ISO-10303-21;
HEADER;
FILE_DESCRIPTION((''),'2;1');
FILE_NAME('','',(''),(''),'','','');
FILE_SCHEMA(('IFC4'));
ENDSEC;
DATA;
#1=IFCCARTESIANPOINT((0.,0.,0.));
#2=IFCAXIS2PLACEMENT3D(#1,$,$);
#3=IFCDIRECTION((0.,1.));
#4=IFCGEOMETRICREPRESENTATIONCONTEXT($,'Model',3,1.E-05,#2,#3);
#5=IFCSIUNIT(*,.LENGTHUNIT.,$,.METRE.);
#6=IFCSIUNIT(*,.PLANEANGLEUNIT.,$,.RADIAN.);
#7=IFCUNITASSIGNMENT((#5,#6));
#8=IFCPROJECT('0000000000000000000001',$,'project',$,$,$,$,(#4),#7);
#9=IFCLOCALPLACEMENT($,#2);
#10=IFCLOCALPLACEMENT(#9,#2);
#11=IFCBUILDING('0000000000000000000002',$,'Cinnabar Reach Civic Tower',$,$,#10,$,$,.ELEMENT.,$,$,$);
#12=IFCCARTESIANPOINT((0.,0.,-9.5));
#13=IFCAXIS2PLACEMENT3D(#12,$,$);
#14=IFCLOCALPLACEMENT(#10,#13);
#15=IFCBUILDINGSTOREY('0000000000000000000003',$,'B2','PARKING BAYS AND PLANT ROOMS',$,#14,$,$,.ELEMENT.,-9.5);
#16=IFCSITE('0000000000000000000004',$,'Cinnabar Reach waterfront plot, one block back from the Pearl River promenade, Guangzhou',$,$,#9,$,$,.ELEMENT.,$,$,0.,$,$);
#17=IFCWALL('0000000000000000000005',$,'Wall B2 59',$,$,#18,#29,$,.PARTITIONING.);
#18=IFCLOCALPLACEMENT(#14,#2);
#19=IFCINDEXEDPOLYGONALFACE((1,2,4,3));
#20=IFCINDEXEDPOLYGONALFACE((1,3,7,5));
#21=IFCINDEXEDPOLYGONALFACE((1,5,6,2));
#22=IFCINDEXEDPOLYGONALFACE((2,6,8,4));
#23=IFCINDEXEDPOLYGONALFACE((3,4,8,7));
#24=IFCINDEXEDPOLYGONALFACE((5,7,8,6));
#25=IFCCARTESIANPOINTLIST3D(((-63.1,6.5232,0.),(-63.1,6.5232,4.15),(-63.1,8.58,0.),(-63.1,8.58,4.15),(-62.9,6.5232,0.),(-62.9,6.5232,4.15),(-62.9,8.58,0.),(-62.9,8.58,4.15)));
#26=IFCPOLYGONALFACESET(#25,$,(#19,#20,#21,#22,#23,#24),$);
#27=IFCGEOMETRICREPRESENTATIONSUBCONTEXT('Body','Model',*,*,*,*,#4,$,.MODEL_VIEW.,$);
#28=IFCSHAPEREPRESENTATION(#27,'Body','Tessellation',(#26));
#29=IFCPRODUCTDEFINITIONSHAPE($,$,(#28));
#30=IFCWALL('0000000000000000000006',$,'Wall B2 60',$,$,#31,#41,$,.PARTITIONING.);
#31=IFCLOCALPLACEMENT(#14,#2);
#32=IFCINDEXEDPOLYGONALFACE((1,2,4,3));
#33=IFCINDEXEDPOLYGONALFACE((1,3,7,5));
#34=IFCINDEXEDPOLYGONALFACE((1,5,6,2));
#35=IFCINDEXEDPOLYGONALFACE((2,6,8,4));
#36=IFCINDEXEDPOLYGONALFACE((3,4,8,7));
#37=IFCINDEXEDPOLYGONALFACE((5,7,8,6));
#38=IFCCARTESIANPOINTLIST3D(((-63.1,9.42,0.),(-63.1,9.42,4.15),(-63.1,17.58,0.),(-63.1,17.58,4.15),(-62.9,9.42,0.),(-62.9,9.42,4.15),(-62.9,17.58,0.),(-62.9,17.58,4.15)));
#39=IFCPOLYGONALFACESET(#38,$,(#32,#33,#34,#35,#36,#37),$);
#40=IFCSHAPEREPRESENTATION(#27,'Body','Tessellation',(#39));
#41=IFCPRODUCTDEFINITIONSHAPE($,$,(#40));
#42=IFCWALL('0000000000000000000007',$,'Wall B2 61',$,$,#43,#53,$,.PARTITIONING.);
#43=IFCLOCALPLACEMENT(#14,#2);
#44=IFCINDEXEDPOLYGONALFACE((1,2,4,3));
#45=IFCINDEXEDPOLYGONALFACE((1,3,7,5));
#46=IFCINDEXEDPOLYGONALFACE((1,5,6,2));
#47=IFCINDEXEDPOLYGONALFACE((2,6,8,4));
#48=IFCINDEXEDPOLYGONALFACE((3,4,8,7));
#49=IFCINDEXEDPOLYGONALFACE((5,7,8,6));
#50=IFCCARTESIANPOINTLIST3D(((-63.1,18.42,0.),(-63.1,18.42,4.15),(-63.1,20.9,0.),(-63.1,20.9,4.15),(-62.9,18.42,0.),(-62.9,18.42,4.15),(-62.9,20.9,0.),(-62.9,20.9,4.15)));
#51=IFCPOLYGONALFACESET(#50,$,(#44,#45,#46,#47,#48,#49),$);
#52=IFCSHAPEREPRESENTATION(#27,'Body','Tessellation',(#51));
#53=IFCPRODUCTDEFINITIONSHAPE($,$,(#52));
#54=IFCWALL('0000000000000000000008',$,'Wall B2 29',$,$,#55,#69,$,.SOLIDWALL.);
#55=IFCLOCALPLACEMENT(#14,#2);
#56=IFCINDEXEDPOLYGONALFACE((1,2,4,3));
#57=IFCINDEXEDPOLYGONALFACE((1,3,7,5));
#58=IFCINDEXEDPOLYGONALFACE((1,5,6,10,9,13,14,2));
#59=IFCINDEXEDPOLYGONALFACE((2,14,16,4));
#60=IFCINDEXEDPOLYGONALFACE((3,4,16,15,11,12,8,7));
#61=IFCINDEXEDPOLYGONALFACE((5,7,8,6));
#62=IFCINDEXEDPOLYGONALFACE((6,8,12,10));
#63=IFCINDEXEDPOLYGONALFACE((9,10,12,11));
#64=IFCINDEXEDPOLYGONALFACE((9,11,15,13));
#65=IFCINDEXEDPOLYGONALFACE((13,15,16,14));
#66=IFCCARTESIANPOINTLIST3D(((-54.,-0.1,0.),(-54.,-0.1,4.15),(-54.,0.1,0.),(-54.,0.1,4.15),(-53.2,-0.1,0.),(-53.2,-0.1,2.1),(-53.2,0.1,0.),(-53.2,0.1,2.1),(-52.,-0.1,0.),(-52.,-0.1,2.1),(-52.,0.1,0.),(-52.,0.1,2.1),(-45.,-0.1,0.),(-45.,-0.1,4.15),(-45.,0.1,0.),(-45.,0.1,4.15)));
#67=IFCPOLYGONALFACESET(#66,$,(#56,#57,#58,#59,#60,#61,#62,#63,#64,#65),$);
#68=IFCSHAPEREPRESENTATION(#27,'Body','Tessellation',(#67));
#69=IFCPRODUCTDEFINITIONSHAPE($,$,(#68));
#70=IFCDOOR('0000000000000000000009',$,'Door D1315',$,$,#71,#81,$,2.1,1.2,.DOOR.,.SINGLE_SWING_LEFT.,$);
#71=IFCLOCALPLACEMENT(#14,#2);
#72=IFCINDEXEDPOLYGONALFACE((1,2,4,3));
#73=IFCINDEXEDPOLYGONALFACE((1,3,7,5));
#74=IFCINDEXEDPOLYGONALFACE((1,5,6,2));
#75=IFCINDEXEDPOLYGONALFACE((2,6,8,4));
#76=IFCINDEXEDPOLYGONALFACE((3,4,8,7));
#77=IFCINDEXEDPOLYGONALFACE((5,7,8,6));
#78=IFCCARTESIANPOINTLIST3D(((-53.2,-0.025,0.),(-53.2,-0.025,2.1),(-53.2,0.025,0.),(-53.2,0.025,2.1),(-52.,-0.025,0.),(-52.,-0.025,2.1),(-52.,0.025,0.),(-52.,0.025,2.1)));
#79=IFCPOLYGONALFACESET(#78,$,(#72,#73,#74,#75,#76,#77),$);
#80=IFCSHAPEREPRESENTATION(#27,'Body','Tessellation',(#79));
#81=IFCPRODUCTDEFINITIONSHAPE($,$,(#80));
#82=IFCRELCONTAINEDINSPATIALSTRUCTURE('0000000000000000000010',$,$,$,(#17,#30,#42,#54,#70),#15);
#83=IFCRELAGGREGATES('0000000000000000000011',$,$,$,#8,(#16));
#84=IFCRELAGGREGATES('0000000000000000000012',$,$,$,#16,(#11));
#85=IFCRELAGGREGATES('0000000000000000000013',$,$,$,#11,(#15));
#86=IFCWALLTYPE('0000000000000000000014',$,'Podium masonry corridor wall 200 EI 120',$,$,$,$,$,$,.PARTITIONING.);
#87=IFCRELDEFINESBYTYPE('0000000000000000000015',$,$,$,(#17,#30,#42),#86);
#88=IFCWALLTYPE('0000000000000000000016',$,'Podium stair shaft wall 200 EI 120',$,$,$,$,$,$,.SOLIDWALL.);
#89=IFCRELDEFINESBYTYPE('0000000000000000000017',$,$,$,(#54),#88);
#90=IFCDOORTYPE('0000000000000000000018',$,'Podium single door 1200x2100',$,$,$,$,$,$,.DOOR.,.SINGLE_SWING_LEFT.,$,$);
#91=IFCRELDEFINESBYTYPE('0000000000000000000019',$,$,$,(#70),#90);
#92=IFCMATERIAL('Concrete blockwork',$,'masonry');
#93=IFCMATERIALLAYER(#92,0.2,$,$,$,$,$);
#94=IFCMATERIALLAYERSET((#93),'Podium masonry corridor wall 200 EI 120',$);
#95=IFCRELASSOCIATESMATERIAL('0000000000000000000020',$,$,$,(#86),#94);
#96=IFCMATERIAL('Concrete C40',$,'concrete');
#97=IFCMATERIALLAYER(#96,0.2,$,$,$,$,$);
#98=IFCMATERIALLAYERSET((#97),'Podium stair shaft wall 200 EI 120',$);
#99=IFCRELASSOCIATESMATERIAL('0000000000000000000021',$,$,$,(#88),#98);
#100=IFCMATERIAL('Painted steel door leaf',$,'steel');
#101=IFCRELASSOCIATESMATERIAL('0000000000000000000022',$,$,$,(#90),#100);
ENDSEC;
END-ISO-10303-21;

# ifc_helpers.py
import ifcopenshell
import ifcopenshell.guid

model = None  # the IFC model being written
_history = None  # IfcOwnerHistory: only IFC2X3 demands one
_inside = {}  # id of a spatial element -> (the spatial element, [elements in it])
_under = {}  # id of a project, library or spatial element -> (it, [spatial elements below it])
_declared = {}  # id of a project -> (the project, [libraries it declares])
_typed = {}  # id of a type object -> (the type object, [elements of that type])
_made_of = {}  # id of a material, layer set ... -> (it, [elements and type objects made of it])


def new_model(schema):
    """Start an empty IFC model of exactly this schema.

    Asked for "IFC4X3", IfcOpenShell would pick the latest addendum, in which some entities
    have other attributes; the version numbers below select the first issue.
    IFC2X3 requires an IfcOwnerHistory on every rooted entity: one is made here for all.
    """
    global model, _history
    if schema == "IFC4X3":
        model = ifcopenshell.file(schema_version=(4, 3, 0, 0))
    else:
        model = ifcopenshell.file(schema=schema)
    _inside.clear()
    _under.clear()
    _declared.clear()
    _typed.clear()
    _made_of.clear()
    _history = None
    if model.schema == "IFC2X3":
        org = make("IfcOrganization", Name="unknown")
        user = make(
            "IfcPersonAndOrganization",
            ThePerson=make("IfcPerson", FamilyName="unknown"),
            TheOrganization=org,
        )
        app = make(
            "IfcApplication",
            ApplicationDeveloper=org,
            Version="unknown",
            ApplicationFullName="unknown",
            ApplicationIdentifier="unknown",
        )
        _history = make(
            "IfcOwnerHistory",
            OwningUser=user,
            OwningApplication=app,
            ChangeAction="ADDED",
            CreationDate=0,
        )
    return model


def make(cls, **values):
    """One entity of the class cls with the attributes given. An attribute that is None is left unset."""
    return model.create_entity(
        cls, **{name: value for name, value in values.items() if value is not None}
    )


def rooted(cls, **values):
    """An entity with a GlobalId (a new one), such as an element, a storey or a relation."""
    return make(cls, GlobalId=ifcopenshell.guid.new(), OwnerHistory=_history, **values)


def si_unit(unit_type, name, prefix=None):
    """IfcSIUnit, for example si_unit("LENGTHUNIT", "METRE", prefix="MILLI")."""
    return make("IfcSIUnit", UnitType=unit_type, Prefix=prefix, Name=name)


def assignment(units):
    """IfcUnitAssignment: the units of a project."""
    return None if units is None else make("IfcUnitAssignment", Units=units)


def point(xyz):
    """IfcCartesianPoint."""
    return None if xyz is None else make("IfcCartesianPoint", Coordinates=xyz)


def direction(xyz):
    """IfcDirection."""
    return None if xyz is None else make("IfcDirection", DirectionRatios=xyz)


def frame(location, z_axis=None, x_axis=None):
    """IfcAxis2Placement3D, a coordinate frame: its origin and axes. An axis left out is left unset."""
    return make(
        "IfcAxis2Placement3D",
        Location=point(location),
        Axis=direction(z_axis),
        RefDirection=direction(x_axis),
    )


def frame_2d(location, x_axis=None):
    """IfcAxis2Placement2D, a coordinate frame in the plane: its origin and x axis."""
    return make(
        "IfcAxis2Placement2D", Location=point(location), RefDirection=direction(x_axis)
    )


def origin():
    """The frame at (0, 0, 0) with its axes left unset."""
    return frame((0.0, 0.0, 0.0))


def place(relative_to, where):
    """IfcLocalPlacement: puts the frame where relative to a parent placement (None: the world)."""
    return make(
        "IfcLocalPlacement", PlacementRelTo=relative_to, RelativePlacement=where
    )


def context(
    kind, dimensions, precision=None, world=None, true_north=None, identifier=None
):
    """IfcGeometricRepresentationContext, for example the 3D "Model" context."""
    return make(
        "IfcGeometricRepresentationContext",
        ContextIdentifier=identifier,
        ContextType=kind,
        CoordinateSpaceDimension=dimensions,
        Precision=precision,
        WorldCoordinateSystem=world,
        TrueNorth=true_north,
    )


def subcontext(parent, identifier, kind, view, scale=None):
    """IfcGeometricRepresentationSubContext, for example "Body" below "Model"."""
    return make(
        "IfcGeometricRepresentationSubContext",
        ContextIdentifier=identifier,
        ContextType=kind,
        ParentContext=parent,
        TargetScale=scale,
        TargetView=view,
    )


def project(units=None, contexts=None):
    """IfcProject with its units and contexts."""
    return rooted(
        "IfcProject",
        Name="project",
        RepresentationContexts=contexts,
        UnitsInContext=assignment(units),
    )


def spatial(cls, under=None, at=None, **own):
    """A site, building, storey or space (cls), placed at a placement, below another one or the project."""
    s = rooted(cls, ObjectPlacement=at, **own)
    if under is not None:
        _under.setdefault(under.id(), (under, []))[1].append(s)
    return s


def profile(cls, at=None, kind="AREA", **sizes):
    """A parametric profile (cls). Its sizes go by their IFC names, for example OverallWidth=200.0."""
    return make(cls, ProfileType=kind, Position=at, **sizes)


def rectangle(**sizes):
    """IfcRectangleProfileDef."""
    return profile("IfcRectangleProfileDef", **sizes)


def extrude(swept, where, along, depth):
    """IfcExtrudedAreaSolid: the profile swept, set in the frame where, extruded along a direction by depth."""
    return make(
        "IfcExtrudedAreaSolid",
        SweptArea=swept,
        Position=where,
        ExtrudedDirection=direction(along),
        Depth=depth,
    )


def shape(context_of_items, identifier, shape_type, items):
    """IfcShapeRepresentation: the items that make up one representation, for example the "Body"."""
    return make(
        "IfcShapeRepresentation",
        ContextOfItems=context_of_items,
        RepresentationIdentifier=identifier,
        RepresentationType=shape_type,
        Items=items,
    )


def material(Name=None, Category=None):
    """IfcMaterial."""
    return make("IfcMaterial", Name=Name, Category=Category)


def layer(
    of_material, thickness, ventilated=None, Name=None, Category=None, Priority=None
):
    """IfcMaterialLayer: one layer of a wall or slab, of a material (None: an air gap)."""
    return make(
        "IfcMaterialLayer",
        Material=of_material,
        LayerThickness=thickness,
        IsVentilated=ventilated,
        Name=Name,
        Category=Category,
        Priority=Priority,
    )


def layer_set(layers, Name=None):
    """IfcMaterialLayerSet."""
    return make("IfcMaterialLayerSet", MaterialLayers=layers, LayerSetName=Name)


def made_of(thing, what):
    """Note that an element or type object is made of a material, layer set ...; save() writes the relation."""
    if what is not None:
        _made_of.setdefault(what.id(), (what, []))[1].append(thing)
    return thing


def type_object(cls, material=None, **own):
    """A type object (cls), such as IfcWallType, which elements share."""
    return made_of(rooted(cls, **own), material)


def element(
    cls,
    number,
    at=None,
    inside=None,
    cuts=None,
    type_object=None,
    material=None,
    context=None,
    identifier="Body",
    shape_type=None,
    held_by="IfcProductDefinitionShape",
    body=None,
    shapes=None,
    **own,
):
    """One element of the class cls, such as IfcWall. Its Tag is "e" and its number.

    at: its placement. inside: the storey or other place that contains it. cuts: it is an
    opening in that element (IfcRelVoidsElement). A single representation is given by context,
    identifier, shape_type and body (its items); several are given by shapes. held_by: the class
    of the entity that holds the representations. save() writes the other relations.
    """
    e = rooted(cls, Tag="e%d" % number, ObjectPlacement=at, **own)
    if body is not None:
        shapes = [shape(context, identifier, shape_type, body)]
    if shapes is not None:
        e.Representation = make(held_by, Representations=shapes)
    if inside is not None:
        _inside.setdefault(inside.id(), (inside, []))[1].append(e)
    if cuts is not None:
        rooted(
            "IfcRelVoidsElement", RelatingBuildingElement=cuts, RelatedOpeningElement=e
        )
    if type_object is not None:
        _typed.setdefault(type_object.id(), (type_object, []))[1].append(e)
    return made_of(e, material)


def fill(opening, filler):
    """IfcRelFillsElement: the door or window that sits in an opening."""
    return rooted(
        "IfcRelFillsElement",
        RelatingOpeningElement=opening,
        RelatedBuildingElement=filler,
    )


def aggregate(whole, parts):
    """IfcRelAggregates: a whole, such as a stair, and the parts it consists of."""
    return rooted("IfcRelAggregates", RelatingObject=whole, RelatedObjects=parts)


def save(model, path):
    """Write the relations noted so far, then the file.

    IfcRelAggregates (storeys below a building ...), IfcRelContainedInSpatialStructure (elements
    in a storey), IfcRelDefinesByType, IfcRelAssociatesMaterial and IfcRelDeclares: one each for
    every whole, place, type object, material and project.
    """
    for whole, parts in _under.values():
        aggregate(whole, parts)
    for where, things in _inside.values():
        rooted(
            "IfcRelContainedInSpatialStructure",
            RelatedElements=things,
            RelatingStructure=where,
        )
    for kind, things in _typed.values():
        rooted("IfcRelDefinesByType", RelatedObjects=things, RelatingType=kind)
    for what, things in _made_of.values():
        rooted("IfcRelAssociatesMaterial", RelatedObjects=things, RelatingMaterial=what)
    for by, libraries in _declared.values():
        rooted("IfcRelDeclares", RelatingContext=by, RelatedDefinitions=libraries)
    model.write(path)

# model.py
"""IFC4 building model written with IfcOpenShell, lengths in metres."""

from ifc_helpers import new_model, si_unit, direction, frame, frame_2d, origin, place, context, subcontext, project, spatial, rectangle, extrude, material, layer, layer_set, type_object, element, fill, save


model = new_model("IFC4")

# Units and contexts
model_context = context("Model", 3, precision=1e-05, world=origin(), true_north=direction((0.0, 1.0)))
body_context = subcontext(model_context, "Body", "Model", "MODEL_VIEW")
ifc_project = project(units=[si_unit("LENGTHUNIT", "METRE"), si_unit("PLANEANGLEUNIT", "RADIAN")], contexts=[model_context])

# Site, building, storey
site_placement = place(None, origin())
site = spatial("IfcSite", under=ifc_project, at=site_placement, Name="Cinnabar Reach waterfront plot, one block back from the Pearl River promenade, Guangzhou", CompositionType="ELEMENT", RefElevation=0.0)
building_placement = place(site_placement, origin())
building = spatial("IfcBuilding", under=site, at=building_placement, Name="Cinnabar Reach Civic Tower", CompositionType="ELEMENT")
storey_placement = place(building_placement, frame((0.0, 0.0, -9.5)))
storey = spatial("IfcBuildingStorey", under=building, at=storey_placement, Name="B2", Description="PARKING BAYS AND PLANT ROOMS", CompositionType="ELEMENT", Elevation=-9.5)

# Shared definitions
ifc_material_1 = material(Name="Concrete blockwork", Category="masonry")
ifc_layer_1 = layer(ifc_material_1, 0.2)
ifc_layer_set_1 = layer_set([ifc_layer_1], Name="Podium masonry corridor wall 200 EI 120")
wall_type_1 = type_object("IfcWallType", Name="Podium masonry corridor wall 200 EI 120", PredefinedType="PARTITIONING", material=ifc_layer_set_1)
ifc_material_2 = material(Name="Painted steel door leaf", Category="steel")

# Walls
wall_1_placement = place(storey_placement, frame((-63.0, 6.5231, 0.0), z_axis=(0.0, 0.0, 1.0), x_axis=(0.0, 1.0, 0.0)))
element("IfcWall", 1, at=wall_1_placement, inside=storey, type_object=wall_type_1, Name="Wall B2 59", PredefinedType="PARTITIONING", context=body_context, shape_type="SweptSolid", body=[
    extrude(rectangle(XDim=2.0569, YDim=0.2, at=frame_2d((1.0285, 0.0))), origin(), (0.0, 0.0, 1.0), 4.15),
])
wall_2_placement = place(storey_placement, frame((-63.0, 9.42, 0.0), z_axis=(0.0, 0.0, 1.0), x_axis=(0.0, 1.0, 0.0)))
element("IfcWall", 2, at=wall_2_placement, inside=storey, type_object=wall_type_1, Name="Wall B2 60", PredefinedType="PARTITIONING", context=body_context, shape_type="SweptSolid", body=[
    extrude(rectangle(XDim=8.16, YDim=0.2, at=frame_2d((4.08, 0.0))), origin(), (0.0, 0.0, 1.0), 4.15),
])
wall_3_placement = place(storey_placement, frame((-63.0, 18.42, 0.0), z_axis=(0.0, 0.0, 1.0), x_axis=(0.0, 1.0, 0.0)))
element("IfcWall", 3, at=wall_3_placement, inside=storey, type_object=wall_type_1, Name="Wall B2 61", PredefinedType="PARTITIONING", context=body_context, shape_type="SweptSolid", body=[
    extrude(rectangle(XDim=2.48, YDim=0.2, at=frame_2d((1.24, 0.0))), origin(), (0.0, 0.0, 1.0), 4.15),
])

# Wall, opening, door
ifc_material_3 = material(Name="Concrete C40", Category="concrete")
ifc_layer_2 = layer(ifc_material_3, 0.2)
ifc_layer_set_2 = layer_set([ifc_layer_2], Name="Podium stair shaft wall 200 EI 120")
wall_type_2 = type_object("IfcWallType", Name="Podium stair shaft wall 200 EI 120", PredefinedType="SOLIDWALL", material=ifc_layer_set_2)
wall_4_placement = place(storey_placement, frame((-54.0, 0.0, 0.0), z_axis=(0.0, 0.0, 1.0), x_axis=(1.0, 0.0, 0.0)))
wall_4 = element("IfcWall", 4, at=wall_4_placement, inside=storey, type_object=wall_type_2, Name="Wall B2 29", PredefinedType="SOLIDWALL", context=body_context, shape_type="SweptSolid", body=[
    extrude(rectangle(XDim=9.0, YDim=0.2, at=frame_2d((4.5, 0.0))), origin(), (0.0, 0.0, 1.0), 4.15),
])
opening_1_placement = place(wall_4_placement, frame((0.8, 0.0, 0.0)))
opening_1 = element("IfcOpeningElement", 5, at=opening_1_placement, cuts=wall_4, PredefinedType="OPENING", context=body_context, shape_type="SweptSolid", body=[
    extrude(rectangle(XDim=1.2, YDim=2.1, at=frame_2d((0.6, 1.05))), frame((0.0, 0.11, 0.0), z_axis=(0.0, -1.0, 0.0), x_axis=(1.0, 0.0, 0.0)), (0.0, 0.0, 1.0), 0.22),
])
door_type_1 = type_object("IfcDoorType", Name="Podium single door 1200x2100", OperationType="SINGLE_SWING_LEFT", PredefinedType="DOOR", material=ifc_material_2)
door_1_placement = place(opening_1_placement, frame((1.2, 0.0, 0.0), z_axis=(0.0, 0.0, 1.0), x_axis=(-1.0, 0.0, 0.0)))
door_1 = element("IfcDoor", 6, at=door_1_placement, inside=storey, type_object=door_type_1, Name="Door D1315", OperationType="SINGLE_SWING_LEFT", OverallHeight=2.1, OverallWidth=1.2, PredefinedType="DOOR", context=body_context, shape_type="SweptSolid", body=[
    extrude(rectangle(XDim=1.2, YDim=2.1, at=frame_2d((0.6, 1.05))), frame((0.0, 0.025, 0.0), z_axis=(0.0, -1.0, 0.0), x_axis=(1.0, 0.0, 0.0)), (0.0, 0.0, 1.0), 0.05),
])
fill(opening_1, door_1)

save(model, "model.ifc")
